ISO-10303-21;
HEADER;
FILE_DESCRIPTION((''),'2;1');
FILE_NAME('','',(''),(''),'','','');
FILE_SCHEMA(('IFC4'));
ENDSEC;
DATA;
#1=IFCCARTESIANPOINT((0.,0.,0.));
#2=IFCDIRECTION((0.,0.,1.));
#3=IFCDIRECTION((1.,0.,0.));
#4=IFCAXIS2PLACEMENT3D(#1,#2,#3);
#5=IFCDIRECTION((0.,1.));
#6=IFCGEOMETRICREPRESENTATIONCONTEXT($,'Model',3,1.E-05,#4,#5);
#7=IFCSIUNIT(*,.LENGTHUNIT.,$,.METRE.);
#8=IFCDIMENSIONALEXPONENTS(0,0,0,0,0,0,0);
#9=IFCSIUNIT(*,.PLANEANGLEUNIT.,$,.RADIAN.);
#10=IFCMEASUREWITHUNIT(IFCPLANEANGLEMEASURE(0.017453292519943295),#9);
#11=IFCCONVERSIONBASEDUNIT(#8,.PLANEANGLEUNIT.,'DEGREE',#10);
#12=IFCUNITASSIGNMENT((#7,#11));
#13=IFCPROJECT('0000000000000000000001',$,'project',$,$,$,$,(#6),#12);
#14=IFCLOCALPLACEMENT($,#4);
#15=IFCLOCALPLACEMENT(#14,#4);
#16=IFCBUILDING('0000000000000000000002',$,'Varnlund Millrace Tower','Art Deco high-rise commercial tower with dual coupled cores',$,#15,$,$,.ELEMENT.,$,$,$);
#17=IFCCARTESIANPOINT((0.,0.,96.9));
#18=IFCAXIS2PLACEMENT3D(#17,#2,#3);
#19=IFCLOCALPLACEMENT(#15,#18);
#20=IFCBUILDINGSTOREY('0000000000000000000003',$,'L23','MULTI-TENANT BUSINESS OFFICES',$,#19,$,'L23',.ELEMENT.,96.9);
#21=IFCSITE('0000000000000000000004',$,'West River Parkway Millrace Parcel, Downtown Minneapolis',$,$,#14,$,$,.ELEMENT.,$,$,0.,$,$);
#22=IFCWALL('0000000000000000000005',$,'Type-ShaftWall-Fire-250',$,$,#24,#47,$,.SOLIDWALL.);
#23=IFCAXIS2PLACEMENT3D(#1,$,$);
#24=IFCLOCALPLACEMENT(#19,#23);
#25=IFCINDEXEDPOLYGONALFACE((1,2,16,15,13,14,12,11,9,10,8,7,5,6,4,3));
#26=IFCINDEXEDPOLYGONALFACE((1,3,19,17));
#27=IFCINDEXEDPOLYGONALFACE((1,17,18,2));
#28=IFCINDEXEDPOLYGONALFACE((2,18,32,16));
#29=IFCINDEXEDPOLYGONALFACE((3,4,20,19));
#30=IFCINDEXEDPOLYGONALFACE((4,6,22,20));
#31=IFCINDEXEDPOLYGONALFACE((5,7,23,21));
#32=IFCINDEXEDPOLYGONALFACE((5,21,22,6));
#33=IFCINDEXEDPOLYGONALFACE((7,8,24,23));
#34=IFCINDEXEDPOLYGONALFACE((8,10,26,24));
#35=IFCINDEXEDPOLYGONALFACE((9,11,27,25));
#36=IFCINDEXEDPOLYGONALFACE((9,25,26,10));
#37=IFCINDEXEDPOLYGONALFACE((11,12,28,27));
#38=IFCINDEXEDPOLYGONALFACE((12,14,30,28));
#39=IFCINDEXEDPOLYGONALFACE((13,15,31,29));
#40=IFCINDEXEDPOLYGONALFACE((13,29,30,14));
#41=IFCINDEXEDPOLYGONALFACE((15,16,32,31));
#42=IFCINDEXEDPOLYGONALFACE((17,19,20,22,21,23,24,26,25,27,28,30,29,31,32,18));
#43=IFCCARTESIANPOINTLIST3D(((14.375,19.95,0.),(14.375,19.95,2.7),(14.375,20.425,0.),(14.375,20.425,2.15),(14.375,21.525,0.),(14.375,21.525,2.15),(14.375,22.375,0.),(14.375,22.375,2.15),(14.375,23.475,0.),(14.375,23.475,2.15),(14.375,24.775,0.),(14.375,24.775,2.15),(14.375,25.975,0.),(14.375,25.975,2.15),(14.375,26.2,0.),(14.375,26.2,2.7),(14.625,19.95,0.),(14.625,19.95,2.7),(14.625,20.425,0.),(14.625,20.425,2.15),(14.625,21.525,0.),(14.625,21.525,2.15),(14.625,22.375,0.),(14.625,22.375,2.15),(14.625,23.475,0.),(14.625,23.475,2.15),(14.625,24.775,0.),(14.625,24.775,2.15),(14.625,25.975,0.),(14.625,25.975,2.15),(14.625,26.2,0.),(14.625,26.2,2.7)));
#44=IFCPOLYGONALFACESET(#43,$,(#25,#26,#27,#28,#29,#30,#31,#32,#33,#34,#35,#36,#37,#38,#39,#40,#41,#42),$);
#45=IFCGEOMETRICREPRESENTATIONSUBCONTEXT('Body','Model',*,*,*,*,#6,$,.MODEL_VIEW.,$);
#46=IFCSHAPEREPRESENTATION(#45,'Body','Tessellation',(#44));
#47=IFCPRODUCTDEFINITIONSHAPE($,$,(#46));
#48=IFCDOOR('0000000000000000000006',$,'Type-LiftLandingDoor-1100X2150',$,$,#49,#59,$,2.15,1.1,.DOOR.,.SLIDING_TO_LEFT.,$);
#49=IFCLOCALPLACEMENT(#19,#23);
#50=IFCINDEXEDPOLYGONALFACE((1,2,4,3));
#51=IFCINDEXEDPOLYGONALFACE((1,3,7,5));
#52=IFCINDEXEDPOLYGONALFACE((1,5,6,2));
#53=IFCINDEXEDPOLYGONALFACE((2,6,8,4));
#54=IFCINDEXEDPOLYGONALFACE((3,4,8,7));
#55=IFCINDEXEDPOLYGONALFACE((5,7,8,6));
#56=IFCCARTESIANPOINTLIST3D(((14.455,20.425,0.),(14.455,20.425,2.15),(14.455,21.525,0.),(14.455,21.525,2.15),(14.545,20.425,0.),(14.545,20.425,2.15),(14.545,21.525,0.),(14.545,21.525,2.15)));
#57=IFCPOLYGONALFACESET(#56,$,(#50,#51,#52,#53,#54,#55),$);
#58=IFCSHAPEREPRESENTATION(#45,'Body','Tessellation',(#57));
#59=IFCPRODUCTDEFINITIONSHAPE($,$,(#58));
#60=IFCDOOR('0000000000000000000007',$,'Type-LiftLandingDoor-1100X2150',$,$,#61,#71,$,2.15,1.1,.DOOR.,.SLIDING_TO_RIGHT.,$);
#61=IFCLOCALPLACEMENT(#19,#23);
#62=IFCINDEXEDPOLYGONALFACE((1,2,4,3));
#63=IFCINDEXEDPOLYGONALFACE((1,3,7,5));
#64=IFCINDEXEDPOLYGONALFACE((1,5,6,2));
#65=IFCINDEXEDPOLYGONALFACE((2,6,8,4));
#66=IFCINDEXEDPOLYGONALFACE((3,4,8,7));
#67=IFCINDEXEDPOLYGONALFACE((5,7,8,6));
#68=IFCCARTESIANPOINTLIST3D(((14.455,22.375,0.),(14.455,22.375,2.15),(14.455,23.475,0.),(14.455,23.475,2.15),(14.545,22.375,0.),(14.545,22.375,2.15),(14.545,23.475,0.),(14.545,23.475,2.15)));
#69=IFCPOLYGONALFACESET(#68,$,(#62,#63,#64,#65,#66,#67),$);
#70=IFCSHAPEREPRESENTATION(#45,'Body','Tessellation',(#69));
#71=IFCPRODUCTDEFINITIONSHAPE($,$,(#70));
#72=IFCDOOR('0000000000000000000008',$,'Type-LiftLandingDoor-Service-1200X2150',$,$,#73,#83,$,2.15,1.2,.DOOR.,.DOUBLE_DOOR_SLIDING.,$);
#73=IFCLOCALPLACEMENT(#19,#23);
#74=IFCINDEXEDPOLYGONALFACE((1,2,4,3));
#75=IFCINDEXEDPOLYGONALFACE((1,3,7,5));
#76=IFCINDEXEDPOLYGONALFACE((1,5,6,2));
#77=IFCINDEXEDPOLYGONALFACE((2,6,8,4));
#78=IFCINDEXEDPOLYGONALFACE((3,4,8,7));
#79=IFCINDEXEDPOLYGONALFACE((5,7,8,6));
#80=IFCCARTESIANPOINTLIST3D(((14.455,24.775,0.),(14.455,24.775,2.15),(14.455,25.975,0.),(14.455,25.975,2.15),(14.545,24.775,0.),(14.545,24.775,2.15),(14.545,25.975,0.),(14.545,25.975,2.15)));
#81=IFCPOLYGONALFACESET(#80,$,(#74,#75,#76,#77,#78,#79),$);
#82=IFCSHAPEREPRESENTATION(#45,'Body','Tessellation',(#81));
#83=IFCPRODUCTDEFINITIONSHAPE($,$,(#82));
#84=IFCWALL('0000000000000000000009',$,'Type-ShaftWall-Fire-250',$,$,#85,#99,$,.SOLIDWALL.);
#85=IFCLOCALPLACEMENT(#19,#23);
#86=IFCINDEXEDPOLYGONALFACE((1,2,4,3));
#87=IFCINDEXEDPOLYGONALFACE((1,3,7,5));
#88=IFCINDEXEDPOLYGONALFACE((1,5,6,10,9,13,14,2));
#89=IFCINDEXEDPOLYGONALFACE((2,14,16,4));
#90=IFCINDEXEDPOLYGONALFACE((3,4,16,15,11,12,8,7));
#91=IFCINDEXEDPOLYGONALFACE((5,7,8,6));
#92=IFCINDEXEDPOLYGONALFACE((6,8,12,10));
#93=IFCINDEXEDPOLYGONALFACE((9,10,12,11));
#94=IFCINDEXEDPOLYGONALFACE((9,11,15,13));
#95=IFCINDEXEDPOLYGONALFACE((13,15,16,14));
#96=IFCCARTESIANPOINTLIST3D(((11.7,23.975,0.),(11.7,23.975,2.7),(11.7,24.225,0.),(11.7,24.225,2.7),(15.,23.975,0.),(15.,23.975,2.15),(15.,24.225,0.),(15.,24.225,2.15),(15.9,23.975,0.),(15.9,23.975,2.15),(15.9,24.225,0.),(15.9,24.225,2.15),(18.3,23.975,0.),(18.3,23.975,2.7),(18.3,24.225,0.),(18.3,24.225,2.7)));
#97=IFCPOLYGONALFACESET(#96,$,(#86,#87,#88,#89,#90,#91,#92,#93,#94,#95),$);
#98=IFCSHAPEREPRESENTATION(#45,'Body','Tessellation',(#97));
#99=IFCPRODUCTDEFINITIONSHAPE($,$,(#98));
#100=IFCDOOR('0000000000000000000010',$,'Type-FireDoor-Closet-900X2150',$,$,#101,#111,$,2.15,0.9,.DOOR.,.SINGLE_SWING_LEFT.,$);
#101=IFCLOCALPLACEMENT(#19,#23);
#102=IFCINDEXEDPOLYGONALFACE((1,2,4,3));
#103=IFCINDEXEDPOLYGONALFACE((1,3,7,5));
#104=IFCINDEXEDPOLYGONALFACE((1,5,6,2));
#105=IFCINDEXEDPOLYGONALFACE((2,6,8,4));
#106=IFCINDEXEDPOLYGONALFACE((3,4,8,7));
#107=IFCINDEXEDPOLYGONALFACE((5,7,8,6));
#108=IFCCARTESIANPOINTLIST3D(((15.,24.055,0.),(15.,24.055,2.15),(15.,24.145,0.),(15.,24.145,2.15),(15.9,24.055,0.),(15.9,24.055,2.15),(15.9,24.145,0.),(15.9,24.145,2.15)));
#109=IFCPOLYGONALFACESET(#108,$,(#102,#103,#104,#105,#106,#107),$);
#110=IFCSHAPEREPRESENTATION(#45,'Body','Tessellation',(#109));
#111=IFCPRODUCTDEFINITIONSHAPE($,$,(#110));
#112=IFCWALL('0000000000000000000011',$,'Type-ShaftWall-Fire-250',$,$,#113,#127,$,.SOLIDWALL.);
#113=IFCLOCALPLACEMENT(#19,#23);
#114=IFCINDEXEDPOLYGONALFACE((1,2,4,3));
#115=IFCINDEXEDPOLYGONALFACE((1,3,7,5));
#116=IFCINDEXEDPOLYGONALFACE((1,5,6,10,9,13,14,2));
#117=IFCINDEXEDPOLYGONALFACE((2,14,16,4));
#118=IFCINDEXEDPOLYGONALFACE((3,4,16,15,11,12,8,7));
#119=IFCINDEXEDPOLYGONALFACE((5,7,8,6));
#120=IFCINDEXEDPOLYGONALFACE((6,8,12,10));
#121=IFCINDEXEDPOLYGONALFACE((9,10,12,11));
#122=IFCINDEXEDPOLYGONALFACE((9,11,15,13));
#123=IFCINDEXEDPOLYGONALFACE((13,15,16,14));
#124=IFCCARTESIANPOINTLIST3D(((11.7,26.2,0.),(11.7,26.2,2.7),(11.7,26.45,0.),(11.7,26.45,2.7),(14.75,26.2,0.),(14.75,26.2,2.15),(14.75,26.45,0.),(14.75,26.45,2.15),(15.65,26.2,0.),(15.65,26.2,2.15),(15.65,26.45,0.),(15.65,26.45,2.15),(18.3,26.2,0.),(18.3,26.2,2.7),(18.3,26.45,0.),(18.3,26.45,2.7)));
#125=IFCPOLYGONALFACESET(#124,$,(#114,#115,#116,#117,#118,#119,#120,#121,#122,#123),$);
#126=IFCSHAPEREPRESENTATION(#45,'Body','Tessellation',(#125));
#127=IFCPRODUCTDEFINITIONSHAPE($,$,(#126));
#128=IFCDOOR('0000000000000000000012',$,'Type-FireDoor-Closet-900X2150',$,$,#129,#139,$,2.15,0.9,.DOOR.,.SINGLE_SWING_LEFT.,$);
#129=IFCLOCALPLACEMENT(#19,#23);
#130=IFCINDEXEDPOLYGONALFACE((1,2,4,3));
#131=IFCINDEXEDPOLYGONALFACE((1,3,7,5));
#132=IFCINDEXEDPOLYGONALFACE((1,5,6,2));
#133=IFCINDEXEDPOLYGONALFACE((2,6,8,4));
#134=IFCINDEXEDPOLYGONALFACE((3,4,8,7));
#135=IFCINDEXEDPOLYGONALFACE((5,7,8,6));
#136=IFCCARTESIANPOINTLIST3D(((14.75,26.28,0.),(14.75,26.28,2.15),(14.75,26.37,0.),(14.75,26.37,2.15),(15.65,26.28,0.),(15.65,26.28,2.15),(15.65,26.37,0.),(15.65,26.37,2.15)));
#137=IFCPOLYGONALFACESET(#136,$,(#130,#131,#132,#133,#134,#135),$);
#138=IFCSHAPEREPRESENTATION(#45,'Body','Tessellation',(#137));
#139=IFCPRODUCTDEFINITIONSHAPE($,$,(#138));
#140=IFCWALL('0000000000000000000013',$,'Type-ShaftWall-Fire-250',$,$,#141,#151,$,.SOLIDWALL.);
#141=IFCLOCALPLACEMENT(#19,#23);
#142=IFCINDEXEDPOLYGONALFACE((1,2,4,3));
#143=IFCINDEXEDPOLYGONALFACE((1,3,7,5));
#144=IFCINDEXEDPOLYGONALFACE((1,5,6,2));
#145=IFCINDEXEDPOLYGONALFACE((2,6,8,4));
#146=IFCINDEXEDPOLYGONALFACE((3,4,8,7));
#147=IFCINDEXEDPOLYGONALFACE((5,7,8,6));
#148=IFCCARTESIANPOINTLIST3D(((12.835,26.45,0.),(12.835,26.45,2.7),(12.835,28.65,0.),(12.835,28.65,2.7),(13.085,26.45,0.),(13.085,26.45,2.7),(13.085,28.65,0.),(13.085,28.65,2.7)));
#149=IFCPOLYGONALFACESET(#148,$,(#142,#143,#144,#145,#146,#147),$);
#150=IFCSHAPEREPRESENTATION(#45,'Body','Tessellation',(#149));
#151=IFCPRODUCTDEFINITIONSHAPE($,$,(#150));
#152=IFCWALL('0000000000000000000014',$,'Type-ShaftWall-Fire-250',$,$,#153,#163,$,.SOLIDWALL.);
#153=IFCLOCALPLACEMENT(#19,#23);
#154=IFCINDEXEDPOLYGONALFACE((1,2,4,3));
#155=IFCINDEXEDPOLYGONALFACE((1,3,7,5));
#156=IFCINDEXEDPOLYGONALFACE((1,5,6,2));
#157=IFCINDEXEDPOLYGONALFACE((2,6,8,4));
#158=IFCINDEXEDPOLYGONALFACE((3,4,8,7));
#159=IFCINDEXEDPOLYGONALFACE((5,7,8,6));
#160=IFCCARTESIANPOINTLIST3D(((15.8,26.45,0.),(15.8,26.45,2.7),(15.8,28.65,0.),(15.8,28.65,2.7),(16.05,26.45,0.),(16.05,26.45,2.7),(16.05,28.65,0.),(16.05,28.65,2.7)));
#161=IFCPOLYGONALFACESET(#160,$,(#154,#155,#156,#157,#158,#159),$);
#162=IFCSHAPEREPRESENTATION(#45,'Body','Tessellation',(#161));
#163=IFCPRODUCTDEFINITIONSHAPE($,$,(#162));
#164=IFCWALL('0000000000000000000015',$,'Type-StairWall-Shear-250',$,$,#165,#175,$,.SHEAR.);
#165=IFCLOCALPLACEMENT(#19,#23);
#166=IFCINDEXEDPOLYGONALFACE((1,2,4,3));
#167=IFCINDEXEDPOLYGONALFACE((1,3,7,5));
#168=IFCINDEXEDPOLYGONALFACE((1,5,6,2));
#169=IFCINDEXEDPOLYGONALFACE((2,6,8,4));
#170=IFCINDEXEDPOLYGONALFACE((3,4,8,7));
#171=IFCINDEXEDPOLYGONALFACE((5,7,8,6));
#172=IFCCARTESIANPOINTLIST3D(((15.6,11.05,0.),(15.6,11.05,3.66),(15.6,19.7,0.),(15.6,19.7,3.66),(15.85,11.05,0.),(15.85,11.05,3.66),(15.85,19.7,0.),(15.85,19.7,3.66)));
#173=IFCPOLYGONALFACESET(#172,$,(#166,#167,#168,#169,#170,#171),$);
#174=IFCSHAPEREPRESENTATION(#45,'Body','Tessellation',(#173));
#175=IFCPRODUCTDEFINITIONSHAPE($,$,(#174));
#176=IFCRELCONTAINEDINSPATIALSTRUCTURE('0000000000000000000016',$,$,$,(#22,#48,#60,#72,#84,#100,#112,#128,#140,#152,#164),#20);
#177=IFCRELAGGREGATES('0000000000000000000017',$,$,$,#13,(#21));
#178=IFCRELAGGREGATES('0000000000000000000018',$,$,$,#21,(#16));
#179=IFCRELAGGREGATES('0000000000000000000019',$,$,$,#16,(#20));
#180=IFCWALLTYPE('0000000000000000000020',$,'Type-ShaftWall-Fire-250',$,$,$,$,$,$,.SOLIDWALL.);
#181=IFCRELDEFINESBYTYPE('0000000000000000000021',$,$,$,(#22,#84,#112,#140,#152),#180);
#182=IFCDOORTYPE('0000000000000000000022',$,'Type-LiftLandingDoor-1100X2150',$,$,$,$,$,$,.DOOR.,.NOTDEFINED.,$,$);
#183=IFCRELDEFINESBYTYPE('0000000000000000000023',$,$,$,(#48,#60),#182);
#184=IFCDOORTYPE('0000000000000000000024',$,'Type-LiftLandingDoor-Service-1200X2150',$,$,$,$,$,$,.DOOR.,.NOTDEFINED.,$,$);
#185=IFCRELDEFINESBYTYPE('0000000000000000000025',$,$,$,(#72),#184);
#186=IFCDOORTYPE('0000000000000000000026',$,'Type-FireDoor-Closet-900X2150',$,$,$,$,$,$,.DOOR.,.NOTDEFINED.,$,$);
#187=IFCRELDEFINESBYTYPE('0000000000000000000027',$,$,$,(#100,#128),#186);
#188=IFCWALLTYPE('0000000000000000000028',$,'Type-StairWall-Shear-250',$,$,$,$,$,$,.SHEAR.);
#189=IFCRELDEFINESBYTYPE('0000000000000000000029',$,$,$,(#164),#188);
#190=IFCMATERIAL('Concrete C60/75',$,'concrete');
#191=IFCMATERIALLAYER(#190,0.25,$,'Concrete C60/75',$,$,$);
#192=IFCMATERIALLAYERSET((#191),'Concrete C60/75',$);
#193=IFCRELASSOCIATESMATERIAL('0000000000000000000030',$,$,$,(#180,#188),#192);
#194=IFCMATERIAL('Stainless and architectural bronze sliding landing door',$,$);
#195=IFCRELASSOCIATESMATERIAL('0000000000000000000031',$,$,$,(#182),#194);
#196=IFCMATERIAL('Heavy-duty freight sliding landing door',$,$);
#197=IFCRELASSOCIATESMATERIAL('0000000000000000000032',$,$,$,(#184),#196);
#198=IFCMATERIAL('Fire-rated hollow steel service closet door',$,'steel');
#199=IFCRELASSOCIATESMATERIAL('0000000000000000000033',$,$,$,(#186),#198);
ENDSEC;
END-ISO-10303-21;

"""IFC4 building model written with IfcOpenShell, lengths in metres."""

from ifc_helpers import new_model, entity, si_unit, converted_unit, direction, frame, origin_with_axes, origin_2d_with_axis, place, context, subcontext, project, spatial, polyline, rectangle, outline, extrude, material, layer, layer_set, type_object, element, fill, save


model = new_model("IFC4")

# Units and contexts
model_context = context("Model", 3, precision=1e-05, world=origin_with_axes(), true_north=direction((0.0, 1.0)))
body_context = subcontext(model_context, "Body", "Model", "MODEL_VIEW")
ifc_project = project(units=[si_unit("LENGTHUNIT", "METRE"), converted_unit("PLANEANGLEUNIT", "DEGREE", entity("IfcPlaneAngleMeasure", 0.017453292519943295), si_unit("PLANEANGLEUNIT", "RADIAN"), dimensions=[0, 0, 0, 0, 0, 0, 0])], contexts=[model_context])

# Site, building, storey
site_placement = place(None, origin_with_axes())
site = spatial("IfcSite", under=ifc_project, at=site_placement, Name="West River Parkway Millrace Parcel, Downtown Minneapolis", CompositionType="ELEMENT", RefElevation=0.0)
building_placement = place(site_placement, origin_with_axes())
building = spatial("IfcBuilding", under=site, at=building_placement, Name="Varnlund Millrace Tower", Description="Art Deco high-rise commercial tower with dual coupled cores", CompositionType="ELEMENT")
storey_placement = place(building_placement, frame((0.0, 0.0, 96.9), z_axis=(0.0, 0.0, 1.0), x_axis=(1.0, 0.0, 0.0)))
storey = spatial("IfcBuildingStorey", under=building, at=storey_placement, Name="L23", Description="MULTI-TENANT BUSINESS OFFICES", LongName="L23", CompositionType="ELEMENT", Elevation=96.9)

# Wall, openings, doors
ifc_material_1 = material(Name="Concrete C60/75", Category="concrete")
ifc_layer_1 = layer(ifc_material_1, 0.25, Name="Concrete C60/75")
ifc_layer_set_1 = layer_set([ifc_layer_1], Name="Concrete C60/75")
wall_type_1 = type_object("IfcWallType", Name="Type-ShaftWall-Fire-250", PredefinedType="SOLIDWALL", material=ifc_layer_set_1)
wall_1_placement = place(storey_placement, frame((14.5, 19.95, 0.0), z_axis=(0.0, 0.0, 1.0), x_axis=(0.0, 1.0, 0.0)))
wall_1 = element("IfcWall", 1, at=wall_1_placement, inside=storey, type_object=wall_type_1, Name="Type-ShaftWall-Fire-250", PredefinedType="SOLIDWALL", context=body_context, shape_type="SweptSolid", body=[
    extrude(outline(polyline([(0.0, -0.125), (6.25, -0.125), (6.25, 0.125), (0.0, 0.125), (0.0, -0.125)])), origin_with_axes(), (0.0, 0.0, 1.0), 2.7),
])
opening_1_placement = place(wall_1_placement, frame((1.025, 0.0, 0.0), z_axis=(0.0, 0.0, 1.0), x_axis=(1.0, 0.0, 0.0)))
opening_1 = element("IfcOpeningElement", 2, at=opening_1_placement, cuts=wall_1, PredefinedType="OPENING", context=body_context, shape_type="SweptSolid", body=[
    extrude(rectangle(XDim=1.1, YDim=0.27, at=origin_2d_with_axis()), origin_with_axes(), (0.0, 0.0, 1.0), 2.15),
])
opening_2_placement = place(wall_1_placement, frame((2.975, 0.0, 0.0), z_axis=(0.0, 0.0, 1.0), x_axis=(1.0, 0.0, 0.0)))
opening_2 = element("IfcOpeningElement", 3, at=opening_2_placement, cuts=wall_1, PredefinedType="OPENING", context=body_context, shape_type="SweptSolid", body=[
    extrude(rectangle(XDim=1.1, YDim=0.27, at=origin_2d_with_axis()), origin_with_axes(), (0.0, 0.0, 1.0), 2.15),
])
opening_3_placement = place(wall_1_placement, frame((5.425, 0.0, 0.0), z_axis=(0.0, 0.0, 1.0), x_axis=(1.0, 0.0, 0.0)))
opening_3 = element("IfcOpeningElement", 4, at=opening_3_placement, cuts=wall_1, PredefinedType="OPENING", context=body_context, shape_type="SweptSolid", body=[
    extrude(rectangle(XDim=1.2, YDim=0.27, at=origin_2d_with_axis()), origin_with_axes(), (0.0, 0.0, 1.0), 2.15),
])
ifc_material_2 = material(Name="Stainless and architectural bronze sliding landing door")
door_type_1 = type_object("IfcDoorType", Name="Type-LiftLandingDoor-1100X2150", OperationType="NOTDEFINED", PredefinedType="DOOR", material=ifc_material_2)
door_1_placement = place(wall_1_placement, frame((1.025, 0.0, 0.0), z_axis=(0.0, 0.0, 1.0), x_axis=(1.0, 0.0, 0.0)))
door_1 = element("IfcDoor", 5, at=door_1_placement, inside=storey, type_object=door_type_1, Name="Type-LiftLandingDoor-1100X2150", OperationType="SLIDING_TO_LEFT", OverallHeight=2.15, OverallWidth=1.1, PredefinedType="DOOR", context=body_context, shape_type="SweptSolid", body=[
    extrude(rectangle(XDim=1.1, YDim=0.09, at=origin_2d_with_axis()), origin_with_axes(), (0.0, 0.0, 1.0), 2.15),
])
fill(opening_1, door_1)
door_2_placement = place(wall_1_placement, frame((2.975, 0.0, 0.0), z_axis=(0.0, 0.0, 1.0), x_axis=(1.0, 0.0, 0.0)))
door_2 = element("IfcDoor", 6, at=door_2_placement, inside=storey, type_object=door_type_1, Name="Type-LiftLandingDoor-1100X2150", OperationType="SLIDING_TO_RIGHT", OverallHeight=2.15, OverallWidth=1.1, PredefinedType="DOOR", context=body_context, shape_type="SweptSolid", body=[
    extrude(rectangle(XDim=1.1, YDim=0.09, at=origin_2d_with_axis()), origin_with_axes(), (0.0, 0.0, 1.0), 2.15),
])
fill(opening_2, door_2)
ifc_material_3 = material(Name="Heavy-duty freight sliding landing door")
door_type_2 = type_object("IfcDoorType", Name="Type-LiftLandingDoor-Service-1200X2150", OperationType="NOTDEFINED", PredefinedType="DOOR", material=ifc_material_3)
door_3_placement = place(wall_1_placement, frame((5.425, 0.0, 0.0), z_axis=(0.0, 0.0, 1.0), x_axis=(1.0, 0.0, 0.0)))
door_3 = element("IfcDoor", 7, at=door_3_placement, inside=storey, type_object=door_type_2, Name="Type-LiftLandingDoor-Service-1200X2150", OperationType="DOUBLE_DOOR_SLIDING", OverallHeight=2.15, OverallWidth=1.2, PredefinedType="DOOR", context=body_context, shape_type="SweptSolid", body=[
    extrude(rectangle(XDim=1.2, YDim=0.09, at=origin_2d_with_axis()), origin_with_axes(), (0.0, 0.0, 1.0), 2.15),
])
fill(opening_3, door_3)

# Walls, openings, doors
wall_2_placement = place(storey_placement, frame((11.7, 24.1, 0.0), z_axis=(0.0, 0.0, 1.0), x_axis=(1.0, 0.0, 0.0)))
wall_2 = element("IfcWall", 8, at=wall_2_placement, inside=storey, type_object=wall_type_1, Name="Type-ShaftWall-Fire-250", PredefinedType="SOLIDWALL", context=body_context, shape_type="SweptSolid", body=[
    extrude(outline(polyline([(0.0, -0.125), (6.6, -0.125), (6.6, 0.125), (0.0, 0.125), (0.0, -0.125)])), origin_with_axes(), (0.0, 0.0, 1.0), 2.7),
])
opening_4_placement = place(wall_2_placement, frame((3.75, 0.0, 0.0), z_axis=(0.0, 0.0, 1.0), x_axis=(1.0, 0.0, 0.0)))
opening_4 = element("IfcOpeningElement", 9, at=opening_4_placement, cuts=wall_2, PredefinedType="OPENING", context=body_context, shape_type="SweptSolid", body=[
    extrude(rectangle(XDim=0.9, YDim=0.27, at=origin_2d_with_axis()), origin_with_axes(), (0.0, 0.0, 1.0), 2.15),
])
ifc_material_4 = material(Name="Fire-rated hollow steel service closet door", Category="steel")
door_type_3 = type_object("IfcDoorType", Name="Type-FireDoor-Closet-900X2150", OperationType="NOTDEFINED", PredefinedType="DOOR", material=ifc_material_4)
door_4_placement = place(wall_2_placement, frame((3.75, 0.0, 0.0), z_axis=(0.0, 0.0, 1.0), x_axis=(1.0, 0.0, 0.0)))
door_4 = element("IfcDoor", 10, at=door_4_placement, inside=storey, type_object=door_type_3, Name="Type-FireDoor-Closet-900X2150", OperationType="SINGLE_SWING_LEFT", OverallHeight=2.15, OverallWidth=0.9, PredefinedType="DOOR", context=body_context, shape_type="SweptSolid", body=[
    extrude(rectangle(XDim=0.9, YDim=0.09, at=origin_2d_with_axis()), origin_with_axes(), (0.0, 0.0, 1.0), 2.15),
])
fill(opening_4, door_4)
wall_3_placement = place(storey_placement, frame((11.7, 26.325, 0.0), z_axis=(0.0, 0.0, 1.0), x_axis=(1.0, 0.0, 0.0)))
wall_3 = element("IfcWall", 11, at=wall_3_placement, inside=storey, type_object=wall_type_1, Name="Type-ShaftWall-Fire-250", PredefinedType="SOLIDWALL", context=body_context, shape_type="SweptSolid", body=[
    extrude(outline(polyline([(0.0, -0.125), (6.6, -0.125), (6.6, 0.125), (0.0, 0.125), (0.0, -0.125)])), origin_with_axes(), (0.0, 0.0, 1.0), 2.7),
])
opening_5_placement = place(wall_3_placement, frame((3.5, 0.0, 0.0), z_axis=(0.0, 0.0, 1.0), x_axis=(1.0, 0.0, 0.0)))
opening_5 = element("IfcOpeningElement", 12, at=opening_5_placement, cuts=wall_3, PredefinedType="OPENING", context=body_context, shape_type="SweptSolid", body=[
    extrude(rectangle(XDim=0.9, YDim=0.27, at=origin_2d_with_axis()), origin_with_axes(), (0.0, 0.0, 1.0), 2.15),
])
door_5_placement = place(wall_3_placement, frame((3.5, 0.0, 0.0), z_axis=(0.0, 0.0, 1.0), x_axis=(1.0, 0.0, 0.0)))
door_5 = element("IfcDoor", 13, at=door_5_placement, inside=storey, type_object=door_type_3, Name="Type-FireDoor-Closet-900X2150", OperationType="SINGLE_SWING_LEFT", OverallHeight=2.15, OverallWidth=0.9, PredefinedType="DOOR", context=body_context, shape_type="SweptSolid", body=[
    extrude(rectangle(XDim=0.9, YDim=0.09, at=origin_2d_with_axis()), origin_with_axes(), (0.0, 0.0, 1.0), 2.15),
])
fill(opening_5, door_5)

# Walls
for number, where, z_axis, x_axis, name in (
    (14, (12.96, 26.45, 0.0), (0.0, 0.0, 1.0), (0.0, 1.0, 0.0), "Type-ShaftWall-Fire-250"),
    (15, (15.925, 26.45, 0.0), (0.0, 0.0, 1.0), (0.0, 1.0, 0.0), "Type-ShaftWall-Fire-250"),
):
    element("IfcWall", number, at=place(storey_placement, frame(where, z_axis=z_axis, x_axis=x_axis)), inside=storey, type_object=wall_type_1, Name=name, PredefinedType="SOLIDWALL", context=body_context, shape_type="SweptSolid", body=[
        extrude(outline(polyline([(0.0, -0.125), (2.2, -0.125), (2.2, 0.125), (0.0, 0.125), (0.0, -0.125)])), origin_with_axes(), (0.0, 0.0, 1.0), 2.7),
    ])
wall_type_2 = type_object("IfcWallType", Name="Type-StairWall-Shear-250", PredefinedType="SHEAR", material=ifc_layer_set_1)
wall_4_placement = place(storey_placement, frame((15.725, 11.05, 0.0), z_axis=(0.0, 0.0, 1.0), x_axis=(0.0, 1.0, 0.0)))
element("IfcWall", 16, at=wall_4_placement, inside=storey, type_object=wall_type_2, Name="Type-StairWall-Shear-250", PredefinedType="SHEAR", context=body_context, shape_type="SweptSolid", body=[
    extrude(outline(polyline([(0.0, -0.125), (8.65, -0.125), (8.65, 0.125), (0.0, 0.125), (0.0, -0.125)])), origin_with_axes(), (0.0, 0.0, 1.0), 3.66),
])

save(model, "model.ifc")
